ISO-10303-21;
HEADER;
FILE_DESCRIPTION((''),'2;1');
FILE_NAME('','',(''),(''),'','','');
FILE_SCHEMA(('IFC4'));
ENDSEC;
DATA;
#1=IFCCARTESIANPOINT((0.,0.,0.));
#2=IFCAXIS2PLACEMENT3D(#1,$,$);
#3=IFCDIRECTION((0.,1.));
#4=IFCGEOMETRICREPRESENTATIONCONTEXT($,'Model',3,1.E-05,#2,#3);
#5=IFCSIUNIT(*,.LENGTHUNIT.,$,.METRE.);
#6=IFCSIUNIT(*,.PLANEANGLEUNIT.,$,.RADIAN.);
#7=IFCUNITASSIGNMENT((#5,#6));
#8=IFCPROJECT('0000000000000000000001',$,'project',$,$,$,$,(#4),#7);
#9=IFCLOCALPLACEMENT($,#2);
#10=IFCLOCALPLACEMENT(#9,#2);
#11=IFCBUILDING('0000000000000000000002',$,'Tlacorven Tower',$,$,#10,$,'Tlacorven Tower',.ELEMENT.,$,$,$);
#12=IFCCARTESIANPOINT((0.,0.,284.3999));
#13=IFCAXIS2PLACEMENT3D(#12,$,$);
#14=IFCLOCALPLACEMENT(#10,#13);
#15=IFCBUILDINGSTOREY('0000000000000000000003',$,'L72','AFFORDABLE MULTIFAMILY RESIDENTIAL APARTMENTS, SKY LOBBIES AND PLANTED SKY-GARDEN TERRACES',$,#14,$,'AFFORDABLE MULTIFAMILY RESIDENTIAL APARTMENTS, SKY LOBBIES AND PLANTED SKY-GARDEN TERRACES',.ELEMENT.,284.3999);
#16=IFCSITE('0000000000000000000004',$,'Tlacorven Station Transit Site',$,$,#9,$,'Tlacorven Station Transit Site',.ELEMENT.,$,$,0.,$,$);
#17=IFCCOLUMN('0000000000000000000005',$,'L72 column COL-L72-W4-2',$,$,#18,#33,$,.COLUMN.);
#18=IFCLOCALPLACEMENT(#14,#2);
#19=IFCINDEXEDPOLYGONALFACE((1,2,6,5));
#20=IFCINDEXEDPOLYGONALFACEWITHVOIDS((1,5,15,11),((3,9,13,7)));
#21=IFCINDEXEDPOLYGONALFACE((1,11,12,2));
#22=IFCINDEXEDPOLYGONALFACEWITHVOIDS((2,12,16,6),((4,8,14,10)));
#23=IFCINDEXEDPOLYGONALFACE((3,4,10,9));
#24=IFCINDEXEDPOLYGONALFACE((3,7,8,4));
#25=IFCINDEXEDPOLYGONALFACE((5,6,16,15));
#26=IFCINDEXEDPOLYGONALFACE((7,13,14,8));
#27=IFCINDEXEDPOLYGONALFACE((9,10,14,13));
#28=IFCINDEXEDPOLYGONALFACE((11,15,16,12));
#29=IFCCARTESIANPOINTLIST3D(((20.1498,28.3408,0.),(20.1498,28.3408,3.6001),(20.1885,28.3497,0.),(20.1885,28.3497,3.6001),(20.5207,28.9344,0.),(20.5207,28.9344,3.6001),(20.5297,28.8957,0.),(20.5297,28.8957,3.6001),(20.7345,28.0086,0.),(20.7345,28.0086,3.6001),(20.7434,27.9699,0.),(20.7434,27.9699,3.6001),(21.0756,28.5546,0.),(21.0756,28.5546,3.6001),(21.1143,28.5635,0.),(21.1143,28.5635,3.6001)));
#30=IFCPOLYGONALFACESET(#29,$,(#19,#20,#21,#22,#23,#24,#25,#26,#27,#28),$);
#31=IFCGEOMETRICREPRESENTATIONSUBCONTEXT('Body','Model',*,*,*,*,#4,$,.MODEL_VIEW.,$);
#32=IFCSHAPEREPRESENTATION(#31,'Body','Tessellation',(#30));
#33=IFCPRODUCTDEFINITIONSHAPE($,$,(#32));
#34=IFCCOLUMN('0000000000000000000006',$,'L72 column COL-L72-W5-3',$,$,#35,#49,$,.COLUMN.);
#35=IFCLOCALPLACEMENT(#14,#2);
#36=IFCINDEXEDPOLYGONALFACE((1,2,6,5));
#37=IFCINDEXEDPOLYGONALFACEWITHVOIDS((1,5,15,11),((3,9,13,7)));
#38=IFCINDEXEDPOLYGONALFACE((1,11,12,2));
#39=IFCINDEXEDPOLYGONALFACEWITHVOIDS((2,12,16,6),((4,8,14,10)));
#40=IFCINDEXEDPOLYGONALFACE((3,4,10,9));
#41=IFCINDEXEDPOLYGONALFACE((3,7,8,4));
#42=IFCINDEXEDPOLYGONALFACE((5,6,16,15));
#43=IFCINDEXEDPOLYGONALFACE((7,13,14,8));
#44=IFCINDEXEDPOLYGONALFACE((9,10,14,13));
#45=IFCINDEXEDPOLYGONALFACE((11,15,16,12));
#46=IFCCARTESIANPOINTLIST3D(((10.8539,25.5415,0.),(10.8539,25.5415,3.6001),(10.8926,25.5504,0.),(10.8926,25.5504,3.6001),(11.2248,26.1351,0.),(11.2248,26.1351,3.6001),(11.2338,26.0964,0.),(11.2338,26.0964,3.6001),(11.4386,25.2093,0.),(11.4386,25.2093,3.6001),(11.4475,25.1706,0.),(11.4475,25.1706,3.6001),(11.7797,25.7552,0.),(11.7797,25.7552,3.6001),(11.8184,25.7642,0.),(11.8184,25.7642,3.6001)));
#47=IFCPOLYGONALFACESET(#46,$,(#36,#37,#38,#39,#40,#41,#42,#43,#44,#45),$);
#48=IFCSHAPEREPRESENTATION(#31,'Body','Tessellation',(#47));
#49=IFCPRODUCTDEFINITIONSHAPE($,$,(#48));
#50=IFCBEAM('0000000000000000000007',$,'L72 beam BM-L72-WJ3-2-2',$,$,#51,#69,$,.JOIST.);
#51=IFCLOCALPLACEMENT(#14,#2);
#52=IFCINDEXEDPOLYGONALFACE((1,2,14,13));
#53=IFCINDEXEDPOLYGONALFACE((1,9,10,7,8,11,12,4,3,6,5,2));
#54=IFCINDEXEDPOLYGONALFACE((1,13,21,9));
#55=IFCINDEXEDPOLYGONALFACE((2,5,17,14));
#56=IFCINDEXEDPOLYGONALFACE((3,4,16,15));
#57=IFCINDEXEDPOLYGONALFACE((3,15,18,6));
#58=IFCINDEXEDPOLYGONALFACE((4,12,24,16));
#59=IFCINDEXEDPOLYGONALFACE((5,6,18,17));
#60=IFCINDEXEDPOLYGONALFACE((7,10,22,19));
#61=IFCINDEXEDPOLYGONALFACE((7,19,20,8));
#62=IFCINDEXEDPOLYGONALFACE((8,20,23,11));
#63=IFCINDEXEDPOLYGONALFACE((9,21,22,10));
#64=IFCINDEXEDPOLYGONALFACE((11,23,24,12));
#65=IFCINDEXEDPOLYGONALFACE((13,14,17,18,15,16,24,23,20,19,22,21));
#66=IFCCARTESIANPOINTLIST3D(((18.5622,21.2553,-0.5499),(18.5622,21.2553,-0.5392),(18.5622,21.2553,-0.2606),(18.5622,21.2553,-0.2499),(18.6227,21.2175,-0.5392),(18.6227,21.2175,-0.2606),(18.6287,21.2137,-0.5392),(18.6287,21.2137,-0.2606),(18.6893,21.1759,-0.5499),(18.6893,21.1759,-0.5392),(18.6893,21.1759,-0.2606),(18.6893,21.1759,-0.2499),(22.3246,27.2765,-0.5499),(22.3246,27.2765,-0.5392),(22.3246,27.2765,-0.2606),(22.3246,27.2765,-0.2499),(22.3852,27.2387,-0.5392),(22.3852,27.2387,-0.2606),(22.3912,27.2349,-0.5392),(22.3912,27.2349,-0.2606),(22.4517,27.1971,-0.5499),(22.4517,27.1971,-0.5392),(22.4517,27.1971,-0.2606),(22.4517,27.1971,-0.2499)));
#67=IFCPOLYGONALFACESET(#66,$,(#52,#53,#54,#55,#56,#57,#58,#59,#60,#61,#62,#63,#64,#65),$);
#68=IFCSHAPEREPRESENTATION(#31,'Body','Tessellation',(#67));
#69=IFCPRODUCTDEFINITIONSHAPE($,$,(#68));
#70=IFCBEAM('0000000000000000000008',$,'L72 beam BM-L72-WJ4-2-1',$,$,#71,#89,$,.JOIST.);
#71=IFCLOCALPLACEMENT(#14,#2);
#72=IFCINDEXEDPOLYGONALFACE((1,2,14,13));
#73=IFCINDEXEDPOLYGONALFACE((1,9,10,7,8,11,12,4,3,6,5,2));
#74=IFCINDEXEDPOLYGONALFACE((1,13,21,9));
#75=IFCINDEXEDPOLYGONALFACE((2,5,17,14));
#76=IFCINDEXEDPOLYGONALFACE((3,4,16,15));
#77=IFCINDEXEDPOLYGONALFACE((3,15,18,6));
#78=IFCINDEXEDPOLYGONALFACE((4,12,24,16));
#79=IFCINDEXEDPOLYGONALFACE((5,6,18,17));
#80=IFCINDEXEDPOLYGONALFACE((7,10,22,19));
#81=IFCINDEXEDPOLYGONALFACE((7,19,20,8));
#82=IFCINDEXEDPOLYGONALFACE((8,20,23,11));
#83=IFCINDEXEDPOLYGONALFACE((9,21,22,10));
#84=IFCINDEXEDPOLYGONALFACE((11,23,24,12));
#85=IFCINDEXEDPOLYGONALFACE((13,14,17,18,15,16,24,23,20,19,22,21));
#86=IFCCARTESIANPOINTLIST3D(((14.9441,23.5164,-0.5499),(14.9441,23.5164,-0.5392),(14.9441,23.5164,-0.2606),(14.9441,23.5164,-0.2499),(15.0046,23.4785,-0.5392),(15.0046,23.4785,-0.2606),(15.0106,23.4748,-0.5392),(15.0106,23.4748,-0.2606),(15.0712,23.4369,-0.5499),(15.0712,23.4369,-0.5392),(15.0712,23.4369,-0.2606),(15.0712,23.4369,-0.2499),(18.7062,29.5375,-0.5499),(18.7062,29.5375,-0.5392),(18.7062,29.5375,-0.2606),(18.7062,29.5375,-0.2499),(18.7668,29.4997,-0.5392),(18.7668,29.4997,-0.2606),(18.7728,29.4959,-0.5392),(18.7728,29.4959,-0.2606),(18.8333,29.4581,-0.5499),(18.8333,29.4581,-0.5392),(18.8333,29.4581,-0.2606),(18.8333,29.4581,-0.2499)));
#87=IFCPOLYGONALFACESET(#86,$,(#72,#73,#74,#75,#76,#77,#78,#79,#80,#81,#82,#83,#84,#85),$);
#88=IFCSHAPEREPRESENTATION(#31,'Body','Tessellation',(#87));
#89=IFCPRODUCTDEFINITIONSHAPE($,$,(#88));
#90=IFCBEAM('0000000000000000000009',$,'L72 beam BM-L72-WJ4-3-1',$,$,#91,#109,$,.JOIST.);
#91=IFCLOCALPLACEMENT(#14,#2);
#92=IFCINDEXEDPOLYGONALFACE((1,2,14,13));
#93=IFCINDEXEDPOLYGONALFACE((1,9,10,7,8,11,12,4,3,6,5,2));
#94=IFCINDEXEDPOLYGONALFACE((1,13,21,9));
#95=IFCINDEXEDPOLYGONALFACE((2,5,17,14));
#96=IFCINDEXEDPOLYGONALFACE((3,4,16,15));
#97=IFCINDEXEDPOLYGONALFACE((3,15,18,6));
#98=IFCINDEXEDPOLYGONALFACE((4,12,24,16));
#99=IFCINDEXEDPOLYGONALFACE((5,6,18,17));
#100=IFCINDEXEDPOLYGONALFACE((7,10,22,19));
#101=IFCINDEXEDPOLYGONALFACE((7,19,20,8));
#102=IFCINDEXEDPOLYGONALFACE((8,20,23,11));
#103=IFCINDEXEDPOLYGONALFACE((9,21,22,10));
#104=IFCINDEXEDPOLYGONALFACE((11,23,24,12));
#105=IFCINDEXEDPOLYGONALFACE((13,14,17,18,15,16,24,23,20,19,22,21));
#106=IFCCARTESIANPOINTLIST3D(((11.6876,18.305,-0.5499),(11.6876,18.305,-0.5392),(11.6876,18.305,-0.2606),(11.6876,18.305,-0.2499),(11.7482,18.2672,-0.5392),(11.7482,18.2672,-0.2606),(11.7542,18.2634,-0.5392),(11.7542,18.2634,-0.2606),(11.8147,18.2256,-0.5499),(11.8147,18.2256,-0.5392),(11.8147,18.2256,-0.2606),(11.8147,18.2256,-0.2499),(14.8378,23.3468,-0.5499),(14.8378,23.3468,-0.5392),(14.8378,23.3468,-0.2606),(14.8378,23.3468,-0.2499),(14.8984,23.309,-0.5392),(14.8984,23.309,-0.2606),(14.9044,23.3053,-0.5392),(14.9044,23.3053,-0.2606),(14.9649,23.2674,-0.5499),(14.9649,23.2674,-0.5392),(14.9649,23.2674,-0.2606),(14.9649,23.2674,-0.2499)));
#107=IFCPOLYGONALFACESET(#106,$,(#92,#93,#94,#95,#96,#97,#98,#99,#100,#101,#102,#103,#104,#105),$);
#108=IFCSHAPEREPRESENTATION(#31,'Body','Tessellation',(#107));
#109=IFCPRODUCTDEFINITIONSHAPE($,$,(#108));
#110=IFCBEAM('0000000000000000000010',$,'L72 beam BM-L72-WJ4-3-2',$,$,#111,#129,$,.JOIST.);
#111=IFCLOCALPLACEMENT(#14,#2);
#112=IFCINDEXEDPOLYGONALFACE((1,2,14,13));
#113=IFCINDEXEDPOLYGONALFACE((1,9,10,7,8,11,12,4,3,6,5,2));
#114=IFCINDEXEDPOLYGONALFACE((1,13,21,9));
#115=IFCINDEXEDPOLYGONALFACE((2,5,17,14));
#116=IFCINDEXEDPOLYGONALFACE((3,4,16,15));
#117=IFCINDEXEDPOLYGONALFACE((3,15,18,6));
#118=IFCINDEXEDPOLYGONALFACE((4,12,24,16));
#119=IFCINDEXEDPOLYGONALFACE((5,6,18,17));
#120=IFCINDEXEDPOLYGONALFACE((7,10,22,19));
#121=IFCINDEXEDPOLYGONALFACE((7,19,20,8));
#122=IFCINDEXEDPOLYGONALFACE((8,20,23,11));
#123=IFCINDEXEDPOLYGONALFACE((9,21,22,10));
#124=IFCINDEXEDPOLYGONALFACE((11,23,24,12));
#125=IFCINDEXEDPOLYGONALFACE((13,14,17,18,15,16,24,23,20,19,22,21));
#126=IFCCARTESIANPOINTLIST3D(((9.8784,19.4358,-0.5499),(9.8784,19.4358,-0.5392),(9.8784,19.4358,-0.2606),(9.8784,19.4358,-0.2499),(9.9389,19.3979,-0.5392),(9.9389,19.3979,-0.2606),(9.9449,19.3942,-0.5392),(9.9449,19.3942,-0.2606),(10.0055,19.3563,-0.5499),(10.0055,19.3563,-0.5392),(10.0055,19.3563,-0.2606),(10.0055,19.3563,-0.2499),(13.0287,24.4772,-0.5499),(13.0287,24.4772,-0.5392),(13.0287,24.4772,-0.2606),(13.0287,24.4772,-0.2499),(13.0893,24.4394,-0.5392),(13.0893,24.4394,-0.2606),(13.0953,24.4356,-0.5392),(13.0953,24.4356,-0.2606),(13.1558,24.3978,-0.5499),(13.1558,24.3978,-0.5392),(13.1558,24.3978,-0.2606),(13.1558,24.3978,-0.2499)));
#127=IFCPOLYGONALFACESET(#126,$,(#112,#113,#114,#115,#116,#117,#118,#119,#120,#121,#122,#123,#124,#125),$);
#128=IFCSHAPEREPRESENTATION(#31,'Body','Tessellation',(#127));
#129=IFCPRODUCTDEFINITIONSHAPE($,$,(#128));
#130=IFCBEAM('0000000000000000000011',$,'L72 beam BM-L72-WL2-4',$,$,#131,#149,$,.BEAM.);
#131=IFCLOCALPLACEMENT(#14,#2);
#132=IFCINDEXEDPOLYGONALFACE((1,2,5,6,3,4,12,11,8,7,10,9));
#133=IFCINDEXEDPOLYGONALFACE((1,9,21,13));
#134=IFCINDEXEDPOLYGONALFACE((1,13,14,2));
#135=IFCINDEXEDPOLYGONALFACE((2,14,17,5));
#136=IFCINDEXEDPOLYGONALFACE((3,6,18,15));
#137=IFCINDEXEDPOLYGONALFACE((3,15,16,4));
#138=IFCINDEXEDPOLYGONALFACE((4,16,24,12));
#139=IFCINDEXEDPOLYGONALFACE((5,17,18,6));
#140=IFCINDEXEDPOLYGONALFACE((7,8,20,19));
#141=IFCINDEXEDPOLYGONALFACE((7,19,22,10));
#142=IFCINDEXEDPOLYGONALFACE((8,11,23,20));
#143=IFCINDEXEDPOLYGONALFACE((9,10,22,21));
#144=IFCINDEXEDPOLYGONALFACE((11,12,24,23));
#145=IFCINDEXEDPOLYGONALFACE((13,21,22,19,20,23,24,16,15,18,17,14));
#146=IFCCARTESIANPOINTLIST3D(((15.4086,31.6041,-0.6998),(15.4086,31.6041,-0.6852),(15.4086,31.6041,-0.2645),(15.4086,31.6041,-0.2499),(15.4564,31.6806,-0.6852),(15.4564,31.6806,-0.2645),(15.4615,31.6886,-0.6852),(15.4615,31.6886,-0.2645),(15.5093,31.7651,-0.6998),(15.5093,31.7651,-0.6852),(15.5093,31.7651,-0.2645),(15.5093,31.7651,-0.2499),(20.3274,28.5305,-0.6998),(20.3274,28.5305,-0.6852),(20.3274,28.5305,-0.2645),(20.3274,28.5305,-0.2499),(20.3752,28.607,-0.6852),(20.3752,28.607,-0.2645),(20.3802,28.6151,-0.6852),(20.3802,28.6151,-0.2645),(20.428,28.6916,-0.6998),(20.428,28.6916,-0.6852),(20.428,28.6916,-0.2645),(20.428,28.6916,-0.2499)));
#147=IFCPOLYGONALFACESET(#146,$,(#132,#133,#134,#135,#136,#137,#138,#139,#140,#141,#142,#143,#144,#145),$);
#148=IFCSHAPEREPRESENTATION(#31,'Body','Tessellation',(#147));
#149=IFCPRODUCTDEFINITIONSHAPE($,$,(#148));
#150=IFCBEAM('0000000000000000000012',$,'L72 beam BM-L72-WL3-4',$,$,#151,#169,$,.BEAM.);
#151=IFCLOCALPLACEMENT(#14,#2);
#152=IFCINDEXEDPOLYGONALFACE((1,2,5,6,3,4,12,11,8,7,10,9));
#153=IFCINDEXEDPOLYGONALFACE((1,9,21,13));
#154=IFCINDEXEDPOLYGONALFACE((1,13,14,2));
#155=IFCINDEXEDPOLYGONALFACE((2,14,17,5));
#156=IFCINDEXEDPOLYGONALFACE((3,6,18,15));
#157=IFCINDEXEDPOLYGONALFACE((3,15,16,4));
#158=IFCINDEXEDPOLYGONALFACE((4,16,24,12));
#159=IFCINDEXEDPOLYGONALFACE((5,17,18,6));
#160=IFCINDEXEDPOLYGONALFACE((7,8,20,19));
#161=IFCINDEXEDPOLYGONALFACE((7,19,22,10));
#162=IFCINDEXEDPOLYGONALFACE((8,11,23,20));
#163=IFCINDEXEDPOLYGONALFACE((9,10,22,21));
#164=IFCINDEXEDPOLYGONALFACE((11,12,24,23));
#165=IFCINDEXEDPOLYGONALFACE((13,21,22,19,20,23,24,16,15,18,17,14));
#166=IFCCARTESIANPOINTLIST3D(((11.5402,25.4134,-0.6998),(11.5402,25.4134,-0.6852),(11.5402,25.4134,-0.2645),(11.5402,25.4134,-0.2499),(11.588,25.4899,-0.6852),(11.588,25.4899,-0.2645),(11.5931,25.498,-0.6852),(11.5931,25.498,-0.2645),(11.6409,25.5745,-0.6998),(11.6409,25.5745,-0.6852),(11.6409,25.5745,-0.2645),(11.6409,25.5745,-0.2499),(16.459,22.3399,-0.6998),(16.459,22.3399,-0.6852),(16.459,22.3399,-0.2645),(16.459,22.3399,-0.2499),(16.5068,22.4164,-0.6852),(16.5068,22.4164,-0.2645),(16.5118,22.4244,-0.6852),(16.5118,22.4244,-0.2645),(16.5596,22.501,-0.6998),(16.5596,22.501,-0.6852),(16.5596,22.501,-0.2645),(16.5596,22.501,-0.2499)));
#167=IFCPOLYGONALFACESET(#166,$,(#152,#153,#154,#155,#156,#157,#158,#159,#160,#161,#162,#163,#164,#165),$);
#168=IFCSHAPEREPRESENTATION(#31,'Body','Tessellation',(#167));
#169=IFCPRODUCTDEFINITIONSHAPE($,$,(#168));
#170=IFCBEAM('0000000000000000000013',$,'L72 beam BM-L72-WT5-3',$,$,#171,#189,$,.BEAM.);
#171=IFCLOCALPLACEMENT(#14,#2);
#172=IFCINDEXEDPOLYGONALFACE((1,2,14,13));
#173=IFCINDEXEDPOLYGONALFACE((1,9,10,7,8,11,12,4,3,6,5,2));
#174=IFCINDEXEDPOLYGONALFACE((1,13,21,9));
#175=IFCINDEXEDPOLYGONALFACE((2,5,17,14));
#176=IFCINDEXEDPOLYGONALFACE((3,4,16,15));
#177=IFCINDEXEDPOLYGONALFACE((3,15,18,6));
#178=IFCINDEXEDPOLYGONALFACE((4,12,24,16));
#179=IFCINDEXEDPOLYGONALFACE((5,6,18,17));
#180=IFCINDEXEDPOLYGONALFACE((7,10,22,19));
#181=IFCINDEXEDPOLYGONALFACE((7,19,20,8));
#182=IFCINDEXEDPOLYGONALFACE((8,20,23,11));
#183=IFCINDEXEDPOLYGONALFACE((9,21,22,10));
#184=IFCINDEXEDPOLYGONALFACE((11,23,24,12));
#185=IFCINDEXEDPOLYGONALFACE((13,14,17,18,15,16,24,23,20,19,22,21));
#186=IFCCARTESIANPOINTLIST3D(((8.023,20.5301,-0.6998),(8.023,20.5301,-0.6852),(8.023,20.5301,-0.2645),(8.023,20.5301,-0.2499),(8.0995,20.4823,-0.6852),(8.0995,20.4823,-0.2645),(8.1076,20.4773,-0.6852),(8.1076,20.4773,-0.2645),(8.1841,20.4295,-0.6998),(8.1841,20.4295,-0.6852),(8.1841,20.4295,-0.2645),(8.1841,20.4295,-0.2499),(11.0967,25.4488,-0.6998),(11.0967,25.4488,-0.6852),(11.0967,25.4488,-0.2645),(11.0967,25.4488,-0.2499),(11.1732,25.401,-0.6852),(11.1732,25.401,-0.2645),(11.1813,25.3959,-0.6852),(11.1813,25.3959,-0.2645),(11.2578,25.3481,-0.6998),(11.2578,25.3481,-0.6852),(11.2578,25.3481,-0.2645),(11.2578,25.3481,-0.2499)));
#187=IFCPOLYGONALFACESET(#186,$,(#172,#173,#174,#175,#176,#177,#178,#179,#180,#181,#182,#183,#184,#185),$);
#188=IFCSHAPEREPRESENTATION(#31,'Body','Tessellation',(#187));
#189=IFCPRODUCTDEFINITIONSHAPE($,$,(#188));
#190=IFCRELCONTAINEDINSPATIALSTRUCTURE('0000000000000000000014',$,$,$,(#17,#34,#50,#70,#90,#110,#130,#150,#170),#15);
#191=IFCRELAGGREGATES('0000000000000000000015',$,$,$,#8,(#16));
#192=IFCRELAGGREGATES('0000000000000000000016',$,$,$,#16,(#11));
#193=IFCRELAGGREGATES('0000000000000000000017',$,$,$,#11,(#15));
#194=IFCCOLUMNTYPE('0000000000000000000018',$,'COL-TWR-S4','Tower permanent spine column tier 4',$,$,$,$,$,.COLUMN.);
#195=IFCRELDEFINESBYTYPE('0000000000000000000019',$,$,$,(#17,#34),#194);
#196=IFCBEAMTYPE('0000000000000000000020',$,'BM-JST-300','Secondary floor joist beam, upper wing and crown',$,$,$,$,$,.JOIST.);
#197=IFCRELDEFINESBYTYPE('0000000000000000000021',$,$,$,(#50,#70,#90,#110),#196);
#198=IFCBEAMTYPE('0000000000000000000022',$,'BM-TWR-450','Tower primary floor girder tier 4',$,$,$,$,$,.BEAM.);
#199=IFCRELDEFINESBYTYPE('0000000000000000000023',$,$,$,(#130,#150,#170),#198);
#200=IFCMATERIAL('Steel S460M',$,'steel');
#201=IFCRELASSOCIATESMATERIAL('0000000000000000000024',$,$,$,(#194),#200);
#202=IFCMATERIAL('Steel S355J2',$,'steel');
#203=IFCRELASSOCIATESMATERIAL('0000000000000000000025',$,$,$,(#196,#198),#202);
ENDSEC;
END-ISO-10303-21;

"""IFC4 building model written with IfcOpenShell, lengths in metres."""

from ifc_helpers import new_model, si_unit, direction, frame, origin, origin_2d, place, context, subcontext, project, spatial, hollow_rectangle, i_section, extrude, source, transform, mapped, material, material_profile, profile_set, type_object, element, save


model = new_model("IFC4")

# Units and contexts
model_context = context("Model", 3, precision=1e-05, world=origin(), true_north=direction((0.0, 1.0)))
body_context = subcontext(model_context, "Body", "Model", "MODEL_VIEW")
ifc_project = project(units=[si_unit("LENGTHUNIT", "METRE"), si_unit("PLANEANGLEUNIT", "RADIAN")], contexts=[model_context])

# Site, building, storey
site_placement = place(None, origin())
site = spatial("IfcSite", under=ifc_project, at=site_placement, Name="Tlacorven Station Transit Site", LongName="Tlacorven Station Transit Site", CompositionType="ELEMENT", RefElevation=0.0)
building_placement = place(site_placement, origin())
building = spatial("IfcBuilding", under=site, at=building_placement, Name="Tlacorven Tower", LongName="Tlacorven Tower", CompositionType="ELEMENT")
storey_placement = place(building_placement, frame((0.0, 0.0, 284.3999)))
storey = spatial("IfcBuildingStorey", under=building, at=storey_placement, Name="L72", Description="AFFORDABLE MULTIFAMILY RESIDENTIAL APARTMENTS, SKY LOBBIES AND PLANTED SKY-GARDEN TERRACES", LongName="AFFORDABLE MULTIFAMILY RESIDENTIAL APARTMENTS, SKY LOBBIES AND PLANTED SKY-GARDEN TERRACES", CompositionType="ELEMENT", Elevation=284.3999)

# Columns
ifc_material_1 = material(Name="Steel S460M", Category="steel")
ifc_material_profile_1 = material_profile(ifc_material_1, hollow_rectangle(XDim=0.7, YDim=0.7, WallThickness=0.0281, at=origin_2d()), Name="BOX 700X700X28")
ifc_profile_set_1 = profile_set([ifc_material_profile_1], Name="Steel S460M")
column_type = type_object("IfcColumnType", Name="COL-TWR-S4", Description="Tower permanent spine column tier 4", PredefinedType="COLUMN", material=ifc_profile_set_1)
shared_shape_1 = source(origin(), body_context, "Body", "SweptSolid", [
    extrude(hollow_rectangle(XDim=0.7, YDim=0.7, WallThickness=0.0281, at=origin_2d()), origin(), (0.0, 0.0, 1.0), 3.6001),
])
for number, where, z_axis, x_axis, name in (
    (1, (20.6321, 28.4521, 0.0), (0.0, 0.0, 1.0), (-0.848048, 0.529919, 0.0), "L72 column COL-L72-W4-2"),
    (2, (11.3362, 25.6528, 0.0), (0.0, 0.0, 1.0), (-0.848048, 0.529919, 0.0), "L72 column COL-L72-W5-3"),
):
    element("IfcColumn", number, at=place(storey_placement, frame(where, z_axis=z_axis, x_axis=x_axis)), inside=storey, type_object=column_type, Name=name, PredefinedType="COLUMN", context=body_context, shape_type="MappedRepresentation", body=[
        mapped(shared_shape_1, transform((0.0, 0.0, 0.0), scale=1.0)),
    ])

# Beams
ifc_material_2 = material(Name="Steel S355J2", Category="steel")
ifc_material_profile_2 = material_profile(ifc_material_2, i_section(OverallWidth=0.1499, OverallDepth=0.3, WebThickness=0.0071, FlangeThickness=0.0107, at=origin_2d()), Name="IPE 300")
ifc_profile_set_2 = profile_set([ifc_material_profile_2], Name="Steel S355J2")
beam_type_1 = type_object("IfcBeamType", Name="BM-JST-300", Description="Secondary floor joist beam, upper wing and crown", PredefinedType="JOIST", material=ifc_profile_set_2)
shared_shape_2 = source(origin(), body_context, "Body", "SweptSolid", [
    extrude(i_section(OverallWidth=0.1499, OverallDepth=0.3, WebThickness=0.0071, FlangeThickness=0.0107, at=origin_2d()), origin(), (0.0, 0.0, 1.0), 7.1001),
])
beam_1_placement = place(storey_placement, frame((22.3882, 27.2368, -0.3999), z_axis=(-0.529915, -0.84805, 0.0), x_axis=(0.84805, -0.529915, 0.0)))
element("IfcBeam", 3, at=beam_1_placement, inside=storey, type_object=beam_type_1, Name="L72 beam BM-L72-WJ3-2-2", PredefinedType="JOIST", context=body_context, shape_type="MappedRepresentation", body=[
    mapped(shared_shape_2, transform((0.0, 0.0, 0.0), scale=1.0)),
])
shared_shape_3 = source(origin(), body_context, "Body", "SweptSolid", [
    extrude(i_section(OverallWidth=0.1499, OverallDepth=0.3, WebThickness=0.0071, FlangeThickness=0.0107, at=origin_2d()), origin(), (0.0, 0.0, 1.0), 7.0999),
])
beam_2_placement = place(storey_placement, frame((18.7698, 29.4978, -0.3999), z_axis=(-0.529891, -0.848066, 0.0), x_axis=(0.848066, -0.529891, 0.0)))
element("IfcBeam", 4, at=beam_2_placement, inside=storey, type_object=beam_type_1, Name="L72 beam BM-L72-WJ4-2-1", PredefinedType="JOIST", context=body_context, shape_type="MappedRepresentation", body=[
    mapped(shared_shape_3, transform((0.0, 0.0, 0.0), scale=1.0)),
])
shared_shape_4 = source(origin(), body_context, "Body", "SweptSolid", [
    extrude(i_section(OverallWidth=0.1499, OverallDepth=0.3, WebThickness=0.0071, FlangeThickness=0.0107, at=origin_2d()), origin(), (0.0, 0.0, 1.0), 5.9451),
])
beam_3_placement = place(storey_placement, frame((14.9014, 23.3071, -0.3999), z_axis=(-0.529885, -0.84807, 0.0), x_axis=(0.84807, -0.529885, 0.0)))
element("IfcBeam", 5, at=beam_3_placement, inside=storey, type_object=beam_type_1, Name="L72 beam BM-L72-WJ4-3-1", PredefinedType="JOIST", context=body_context, shape_type="MappedRepresentation", body=[
    mapped(shared_shape_4, transform((0.0, 0.0, 0.0), scale=1.0)),
])
shared_shape_5 = source(origin(), body_context, "Body", "SweptSolid", [
    extrude(i_section(OverallWidth=0.1499, OverallDepth=0.3, WebThickness=0.0071, FlangeThickness=0.0107, at=origin_2d()), origin(), (0.0, 0.0, 1.0), 5.9448),
])
beam_4_placement = place(storey_placement, frame((13.0923, 24.4375, -0.3999), z_axis=(-0.529932, -0.84804, 0.0), x_axis=(0.84804, -0.529932, 0.0)))
element("IfcBeam", 6, at=beam_4_placement, inside=storey, type_object=beam_type_1, Name="L72 beam BM-L72-WJ4-3-2", PredefinedType="JOIST", context=body_context, shape_type="MappedRepresentation", body=[
    mapped(shared_shape_5, transform((0.0, 0.0, 0.0), scale=1.0)),
])
ifc_material_profile_3 = material_profile(ifc_material_2, i_section(OverallWidth=0.1899, OverallDepth=0.45, WebThickness=0.0095, FlangeThickness=0.0146, at=origin_2d()), Name="IPE 450")
ifc_profile_set_3 = profile_set([ifc_material_profile_3], Name="Steel S355J2")
beam_type_2 = type_object("IfcBeamType", Name="BM-TWR-450", Description="Tower primary floor girder tier 4", PredefinedType="BEAM", material=ifc_profile_set_3)
shared_shape_6 = source(origin(), body_context, "Body", "SweptSolid", [
    extrude(i_section(OverallWidth=0.1899, OverallDepth=0.45, WebThickness=0.0095, FlangeThickness=0.0146, at=origin_2d()), origin(), (0.0, 0.0, 1.0), 5.8),
])
for number, where, z_axis, x_axis, name in (
    (7, (20.3777, 28.6111, -0.4749), (-0.848053, 0.529912, 0.0), (-0.529912, -0.848053, 0.0), "L72 beam BM-L72-WL2-4"),
    (8, (16.5093, 22.4204, -0.4749), (-0.848053, 0.529912, 0.0), (-0.529912, -0.848053, 0.0), "L72 beam BM-L72-WL3-4"),
    (9, (11.1772, 25.3984, -0.4749), (-0.529942, -0.848034, 0.0), (0.848034, -0.529942, 0.0), "L72 beam BM-L72-WT5-3"),
):
    element("IfcBeam", number, at=place(storey_placement, frame(where, z_axis=z_axis, x_axis=x_axis)), inside=storey, type_object=beam_type_2, Name=name, PredefinedType="BEAM", context=body_context, shape_type="MappedRepresentation", body=[
        mapped(shared_shape_6, transform((0.0, 0.0, 0.0), scale=1.0)),
    ])

save(model, "model.ifc")
